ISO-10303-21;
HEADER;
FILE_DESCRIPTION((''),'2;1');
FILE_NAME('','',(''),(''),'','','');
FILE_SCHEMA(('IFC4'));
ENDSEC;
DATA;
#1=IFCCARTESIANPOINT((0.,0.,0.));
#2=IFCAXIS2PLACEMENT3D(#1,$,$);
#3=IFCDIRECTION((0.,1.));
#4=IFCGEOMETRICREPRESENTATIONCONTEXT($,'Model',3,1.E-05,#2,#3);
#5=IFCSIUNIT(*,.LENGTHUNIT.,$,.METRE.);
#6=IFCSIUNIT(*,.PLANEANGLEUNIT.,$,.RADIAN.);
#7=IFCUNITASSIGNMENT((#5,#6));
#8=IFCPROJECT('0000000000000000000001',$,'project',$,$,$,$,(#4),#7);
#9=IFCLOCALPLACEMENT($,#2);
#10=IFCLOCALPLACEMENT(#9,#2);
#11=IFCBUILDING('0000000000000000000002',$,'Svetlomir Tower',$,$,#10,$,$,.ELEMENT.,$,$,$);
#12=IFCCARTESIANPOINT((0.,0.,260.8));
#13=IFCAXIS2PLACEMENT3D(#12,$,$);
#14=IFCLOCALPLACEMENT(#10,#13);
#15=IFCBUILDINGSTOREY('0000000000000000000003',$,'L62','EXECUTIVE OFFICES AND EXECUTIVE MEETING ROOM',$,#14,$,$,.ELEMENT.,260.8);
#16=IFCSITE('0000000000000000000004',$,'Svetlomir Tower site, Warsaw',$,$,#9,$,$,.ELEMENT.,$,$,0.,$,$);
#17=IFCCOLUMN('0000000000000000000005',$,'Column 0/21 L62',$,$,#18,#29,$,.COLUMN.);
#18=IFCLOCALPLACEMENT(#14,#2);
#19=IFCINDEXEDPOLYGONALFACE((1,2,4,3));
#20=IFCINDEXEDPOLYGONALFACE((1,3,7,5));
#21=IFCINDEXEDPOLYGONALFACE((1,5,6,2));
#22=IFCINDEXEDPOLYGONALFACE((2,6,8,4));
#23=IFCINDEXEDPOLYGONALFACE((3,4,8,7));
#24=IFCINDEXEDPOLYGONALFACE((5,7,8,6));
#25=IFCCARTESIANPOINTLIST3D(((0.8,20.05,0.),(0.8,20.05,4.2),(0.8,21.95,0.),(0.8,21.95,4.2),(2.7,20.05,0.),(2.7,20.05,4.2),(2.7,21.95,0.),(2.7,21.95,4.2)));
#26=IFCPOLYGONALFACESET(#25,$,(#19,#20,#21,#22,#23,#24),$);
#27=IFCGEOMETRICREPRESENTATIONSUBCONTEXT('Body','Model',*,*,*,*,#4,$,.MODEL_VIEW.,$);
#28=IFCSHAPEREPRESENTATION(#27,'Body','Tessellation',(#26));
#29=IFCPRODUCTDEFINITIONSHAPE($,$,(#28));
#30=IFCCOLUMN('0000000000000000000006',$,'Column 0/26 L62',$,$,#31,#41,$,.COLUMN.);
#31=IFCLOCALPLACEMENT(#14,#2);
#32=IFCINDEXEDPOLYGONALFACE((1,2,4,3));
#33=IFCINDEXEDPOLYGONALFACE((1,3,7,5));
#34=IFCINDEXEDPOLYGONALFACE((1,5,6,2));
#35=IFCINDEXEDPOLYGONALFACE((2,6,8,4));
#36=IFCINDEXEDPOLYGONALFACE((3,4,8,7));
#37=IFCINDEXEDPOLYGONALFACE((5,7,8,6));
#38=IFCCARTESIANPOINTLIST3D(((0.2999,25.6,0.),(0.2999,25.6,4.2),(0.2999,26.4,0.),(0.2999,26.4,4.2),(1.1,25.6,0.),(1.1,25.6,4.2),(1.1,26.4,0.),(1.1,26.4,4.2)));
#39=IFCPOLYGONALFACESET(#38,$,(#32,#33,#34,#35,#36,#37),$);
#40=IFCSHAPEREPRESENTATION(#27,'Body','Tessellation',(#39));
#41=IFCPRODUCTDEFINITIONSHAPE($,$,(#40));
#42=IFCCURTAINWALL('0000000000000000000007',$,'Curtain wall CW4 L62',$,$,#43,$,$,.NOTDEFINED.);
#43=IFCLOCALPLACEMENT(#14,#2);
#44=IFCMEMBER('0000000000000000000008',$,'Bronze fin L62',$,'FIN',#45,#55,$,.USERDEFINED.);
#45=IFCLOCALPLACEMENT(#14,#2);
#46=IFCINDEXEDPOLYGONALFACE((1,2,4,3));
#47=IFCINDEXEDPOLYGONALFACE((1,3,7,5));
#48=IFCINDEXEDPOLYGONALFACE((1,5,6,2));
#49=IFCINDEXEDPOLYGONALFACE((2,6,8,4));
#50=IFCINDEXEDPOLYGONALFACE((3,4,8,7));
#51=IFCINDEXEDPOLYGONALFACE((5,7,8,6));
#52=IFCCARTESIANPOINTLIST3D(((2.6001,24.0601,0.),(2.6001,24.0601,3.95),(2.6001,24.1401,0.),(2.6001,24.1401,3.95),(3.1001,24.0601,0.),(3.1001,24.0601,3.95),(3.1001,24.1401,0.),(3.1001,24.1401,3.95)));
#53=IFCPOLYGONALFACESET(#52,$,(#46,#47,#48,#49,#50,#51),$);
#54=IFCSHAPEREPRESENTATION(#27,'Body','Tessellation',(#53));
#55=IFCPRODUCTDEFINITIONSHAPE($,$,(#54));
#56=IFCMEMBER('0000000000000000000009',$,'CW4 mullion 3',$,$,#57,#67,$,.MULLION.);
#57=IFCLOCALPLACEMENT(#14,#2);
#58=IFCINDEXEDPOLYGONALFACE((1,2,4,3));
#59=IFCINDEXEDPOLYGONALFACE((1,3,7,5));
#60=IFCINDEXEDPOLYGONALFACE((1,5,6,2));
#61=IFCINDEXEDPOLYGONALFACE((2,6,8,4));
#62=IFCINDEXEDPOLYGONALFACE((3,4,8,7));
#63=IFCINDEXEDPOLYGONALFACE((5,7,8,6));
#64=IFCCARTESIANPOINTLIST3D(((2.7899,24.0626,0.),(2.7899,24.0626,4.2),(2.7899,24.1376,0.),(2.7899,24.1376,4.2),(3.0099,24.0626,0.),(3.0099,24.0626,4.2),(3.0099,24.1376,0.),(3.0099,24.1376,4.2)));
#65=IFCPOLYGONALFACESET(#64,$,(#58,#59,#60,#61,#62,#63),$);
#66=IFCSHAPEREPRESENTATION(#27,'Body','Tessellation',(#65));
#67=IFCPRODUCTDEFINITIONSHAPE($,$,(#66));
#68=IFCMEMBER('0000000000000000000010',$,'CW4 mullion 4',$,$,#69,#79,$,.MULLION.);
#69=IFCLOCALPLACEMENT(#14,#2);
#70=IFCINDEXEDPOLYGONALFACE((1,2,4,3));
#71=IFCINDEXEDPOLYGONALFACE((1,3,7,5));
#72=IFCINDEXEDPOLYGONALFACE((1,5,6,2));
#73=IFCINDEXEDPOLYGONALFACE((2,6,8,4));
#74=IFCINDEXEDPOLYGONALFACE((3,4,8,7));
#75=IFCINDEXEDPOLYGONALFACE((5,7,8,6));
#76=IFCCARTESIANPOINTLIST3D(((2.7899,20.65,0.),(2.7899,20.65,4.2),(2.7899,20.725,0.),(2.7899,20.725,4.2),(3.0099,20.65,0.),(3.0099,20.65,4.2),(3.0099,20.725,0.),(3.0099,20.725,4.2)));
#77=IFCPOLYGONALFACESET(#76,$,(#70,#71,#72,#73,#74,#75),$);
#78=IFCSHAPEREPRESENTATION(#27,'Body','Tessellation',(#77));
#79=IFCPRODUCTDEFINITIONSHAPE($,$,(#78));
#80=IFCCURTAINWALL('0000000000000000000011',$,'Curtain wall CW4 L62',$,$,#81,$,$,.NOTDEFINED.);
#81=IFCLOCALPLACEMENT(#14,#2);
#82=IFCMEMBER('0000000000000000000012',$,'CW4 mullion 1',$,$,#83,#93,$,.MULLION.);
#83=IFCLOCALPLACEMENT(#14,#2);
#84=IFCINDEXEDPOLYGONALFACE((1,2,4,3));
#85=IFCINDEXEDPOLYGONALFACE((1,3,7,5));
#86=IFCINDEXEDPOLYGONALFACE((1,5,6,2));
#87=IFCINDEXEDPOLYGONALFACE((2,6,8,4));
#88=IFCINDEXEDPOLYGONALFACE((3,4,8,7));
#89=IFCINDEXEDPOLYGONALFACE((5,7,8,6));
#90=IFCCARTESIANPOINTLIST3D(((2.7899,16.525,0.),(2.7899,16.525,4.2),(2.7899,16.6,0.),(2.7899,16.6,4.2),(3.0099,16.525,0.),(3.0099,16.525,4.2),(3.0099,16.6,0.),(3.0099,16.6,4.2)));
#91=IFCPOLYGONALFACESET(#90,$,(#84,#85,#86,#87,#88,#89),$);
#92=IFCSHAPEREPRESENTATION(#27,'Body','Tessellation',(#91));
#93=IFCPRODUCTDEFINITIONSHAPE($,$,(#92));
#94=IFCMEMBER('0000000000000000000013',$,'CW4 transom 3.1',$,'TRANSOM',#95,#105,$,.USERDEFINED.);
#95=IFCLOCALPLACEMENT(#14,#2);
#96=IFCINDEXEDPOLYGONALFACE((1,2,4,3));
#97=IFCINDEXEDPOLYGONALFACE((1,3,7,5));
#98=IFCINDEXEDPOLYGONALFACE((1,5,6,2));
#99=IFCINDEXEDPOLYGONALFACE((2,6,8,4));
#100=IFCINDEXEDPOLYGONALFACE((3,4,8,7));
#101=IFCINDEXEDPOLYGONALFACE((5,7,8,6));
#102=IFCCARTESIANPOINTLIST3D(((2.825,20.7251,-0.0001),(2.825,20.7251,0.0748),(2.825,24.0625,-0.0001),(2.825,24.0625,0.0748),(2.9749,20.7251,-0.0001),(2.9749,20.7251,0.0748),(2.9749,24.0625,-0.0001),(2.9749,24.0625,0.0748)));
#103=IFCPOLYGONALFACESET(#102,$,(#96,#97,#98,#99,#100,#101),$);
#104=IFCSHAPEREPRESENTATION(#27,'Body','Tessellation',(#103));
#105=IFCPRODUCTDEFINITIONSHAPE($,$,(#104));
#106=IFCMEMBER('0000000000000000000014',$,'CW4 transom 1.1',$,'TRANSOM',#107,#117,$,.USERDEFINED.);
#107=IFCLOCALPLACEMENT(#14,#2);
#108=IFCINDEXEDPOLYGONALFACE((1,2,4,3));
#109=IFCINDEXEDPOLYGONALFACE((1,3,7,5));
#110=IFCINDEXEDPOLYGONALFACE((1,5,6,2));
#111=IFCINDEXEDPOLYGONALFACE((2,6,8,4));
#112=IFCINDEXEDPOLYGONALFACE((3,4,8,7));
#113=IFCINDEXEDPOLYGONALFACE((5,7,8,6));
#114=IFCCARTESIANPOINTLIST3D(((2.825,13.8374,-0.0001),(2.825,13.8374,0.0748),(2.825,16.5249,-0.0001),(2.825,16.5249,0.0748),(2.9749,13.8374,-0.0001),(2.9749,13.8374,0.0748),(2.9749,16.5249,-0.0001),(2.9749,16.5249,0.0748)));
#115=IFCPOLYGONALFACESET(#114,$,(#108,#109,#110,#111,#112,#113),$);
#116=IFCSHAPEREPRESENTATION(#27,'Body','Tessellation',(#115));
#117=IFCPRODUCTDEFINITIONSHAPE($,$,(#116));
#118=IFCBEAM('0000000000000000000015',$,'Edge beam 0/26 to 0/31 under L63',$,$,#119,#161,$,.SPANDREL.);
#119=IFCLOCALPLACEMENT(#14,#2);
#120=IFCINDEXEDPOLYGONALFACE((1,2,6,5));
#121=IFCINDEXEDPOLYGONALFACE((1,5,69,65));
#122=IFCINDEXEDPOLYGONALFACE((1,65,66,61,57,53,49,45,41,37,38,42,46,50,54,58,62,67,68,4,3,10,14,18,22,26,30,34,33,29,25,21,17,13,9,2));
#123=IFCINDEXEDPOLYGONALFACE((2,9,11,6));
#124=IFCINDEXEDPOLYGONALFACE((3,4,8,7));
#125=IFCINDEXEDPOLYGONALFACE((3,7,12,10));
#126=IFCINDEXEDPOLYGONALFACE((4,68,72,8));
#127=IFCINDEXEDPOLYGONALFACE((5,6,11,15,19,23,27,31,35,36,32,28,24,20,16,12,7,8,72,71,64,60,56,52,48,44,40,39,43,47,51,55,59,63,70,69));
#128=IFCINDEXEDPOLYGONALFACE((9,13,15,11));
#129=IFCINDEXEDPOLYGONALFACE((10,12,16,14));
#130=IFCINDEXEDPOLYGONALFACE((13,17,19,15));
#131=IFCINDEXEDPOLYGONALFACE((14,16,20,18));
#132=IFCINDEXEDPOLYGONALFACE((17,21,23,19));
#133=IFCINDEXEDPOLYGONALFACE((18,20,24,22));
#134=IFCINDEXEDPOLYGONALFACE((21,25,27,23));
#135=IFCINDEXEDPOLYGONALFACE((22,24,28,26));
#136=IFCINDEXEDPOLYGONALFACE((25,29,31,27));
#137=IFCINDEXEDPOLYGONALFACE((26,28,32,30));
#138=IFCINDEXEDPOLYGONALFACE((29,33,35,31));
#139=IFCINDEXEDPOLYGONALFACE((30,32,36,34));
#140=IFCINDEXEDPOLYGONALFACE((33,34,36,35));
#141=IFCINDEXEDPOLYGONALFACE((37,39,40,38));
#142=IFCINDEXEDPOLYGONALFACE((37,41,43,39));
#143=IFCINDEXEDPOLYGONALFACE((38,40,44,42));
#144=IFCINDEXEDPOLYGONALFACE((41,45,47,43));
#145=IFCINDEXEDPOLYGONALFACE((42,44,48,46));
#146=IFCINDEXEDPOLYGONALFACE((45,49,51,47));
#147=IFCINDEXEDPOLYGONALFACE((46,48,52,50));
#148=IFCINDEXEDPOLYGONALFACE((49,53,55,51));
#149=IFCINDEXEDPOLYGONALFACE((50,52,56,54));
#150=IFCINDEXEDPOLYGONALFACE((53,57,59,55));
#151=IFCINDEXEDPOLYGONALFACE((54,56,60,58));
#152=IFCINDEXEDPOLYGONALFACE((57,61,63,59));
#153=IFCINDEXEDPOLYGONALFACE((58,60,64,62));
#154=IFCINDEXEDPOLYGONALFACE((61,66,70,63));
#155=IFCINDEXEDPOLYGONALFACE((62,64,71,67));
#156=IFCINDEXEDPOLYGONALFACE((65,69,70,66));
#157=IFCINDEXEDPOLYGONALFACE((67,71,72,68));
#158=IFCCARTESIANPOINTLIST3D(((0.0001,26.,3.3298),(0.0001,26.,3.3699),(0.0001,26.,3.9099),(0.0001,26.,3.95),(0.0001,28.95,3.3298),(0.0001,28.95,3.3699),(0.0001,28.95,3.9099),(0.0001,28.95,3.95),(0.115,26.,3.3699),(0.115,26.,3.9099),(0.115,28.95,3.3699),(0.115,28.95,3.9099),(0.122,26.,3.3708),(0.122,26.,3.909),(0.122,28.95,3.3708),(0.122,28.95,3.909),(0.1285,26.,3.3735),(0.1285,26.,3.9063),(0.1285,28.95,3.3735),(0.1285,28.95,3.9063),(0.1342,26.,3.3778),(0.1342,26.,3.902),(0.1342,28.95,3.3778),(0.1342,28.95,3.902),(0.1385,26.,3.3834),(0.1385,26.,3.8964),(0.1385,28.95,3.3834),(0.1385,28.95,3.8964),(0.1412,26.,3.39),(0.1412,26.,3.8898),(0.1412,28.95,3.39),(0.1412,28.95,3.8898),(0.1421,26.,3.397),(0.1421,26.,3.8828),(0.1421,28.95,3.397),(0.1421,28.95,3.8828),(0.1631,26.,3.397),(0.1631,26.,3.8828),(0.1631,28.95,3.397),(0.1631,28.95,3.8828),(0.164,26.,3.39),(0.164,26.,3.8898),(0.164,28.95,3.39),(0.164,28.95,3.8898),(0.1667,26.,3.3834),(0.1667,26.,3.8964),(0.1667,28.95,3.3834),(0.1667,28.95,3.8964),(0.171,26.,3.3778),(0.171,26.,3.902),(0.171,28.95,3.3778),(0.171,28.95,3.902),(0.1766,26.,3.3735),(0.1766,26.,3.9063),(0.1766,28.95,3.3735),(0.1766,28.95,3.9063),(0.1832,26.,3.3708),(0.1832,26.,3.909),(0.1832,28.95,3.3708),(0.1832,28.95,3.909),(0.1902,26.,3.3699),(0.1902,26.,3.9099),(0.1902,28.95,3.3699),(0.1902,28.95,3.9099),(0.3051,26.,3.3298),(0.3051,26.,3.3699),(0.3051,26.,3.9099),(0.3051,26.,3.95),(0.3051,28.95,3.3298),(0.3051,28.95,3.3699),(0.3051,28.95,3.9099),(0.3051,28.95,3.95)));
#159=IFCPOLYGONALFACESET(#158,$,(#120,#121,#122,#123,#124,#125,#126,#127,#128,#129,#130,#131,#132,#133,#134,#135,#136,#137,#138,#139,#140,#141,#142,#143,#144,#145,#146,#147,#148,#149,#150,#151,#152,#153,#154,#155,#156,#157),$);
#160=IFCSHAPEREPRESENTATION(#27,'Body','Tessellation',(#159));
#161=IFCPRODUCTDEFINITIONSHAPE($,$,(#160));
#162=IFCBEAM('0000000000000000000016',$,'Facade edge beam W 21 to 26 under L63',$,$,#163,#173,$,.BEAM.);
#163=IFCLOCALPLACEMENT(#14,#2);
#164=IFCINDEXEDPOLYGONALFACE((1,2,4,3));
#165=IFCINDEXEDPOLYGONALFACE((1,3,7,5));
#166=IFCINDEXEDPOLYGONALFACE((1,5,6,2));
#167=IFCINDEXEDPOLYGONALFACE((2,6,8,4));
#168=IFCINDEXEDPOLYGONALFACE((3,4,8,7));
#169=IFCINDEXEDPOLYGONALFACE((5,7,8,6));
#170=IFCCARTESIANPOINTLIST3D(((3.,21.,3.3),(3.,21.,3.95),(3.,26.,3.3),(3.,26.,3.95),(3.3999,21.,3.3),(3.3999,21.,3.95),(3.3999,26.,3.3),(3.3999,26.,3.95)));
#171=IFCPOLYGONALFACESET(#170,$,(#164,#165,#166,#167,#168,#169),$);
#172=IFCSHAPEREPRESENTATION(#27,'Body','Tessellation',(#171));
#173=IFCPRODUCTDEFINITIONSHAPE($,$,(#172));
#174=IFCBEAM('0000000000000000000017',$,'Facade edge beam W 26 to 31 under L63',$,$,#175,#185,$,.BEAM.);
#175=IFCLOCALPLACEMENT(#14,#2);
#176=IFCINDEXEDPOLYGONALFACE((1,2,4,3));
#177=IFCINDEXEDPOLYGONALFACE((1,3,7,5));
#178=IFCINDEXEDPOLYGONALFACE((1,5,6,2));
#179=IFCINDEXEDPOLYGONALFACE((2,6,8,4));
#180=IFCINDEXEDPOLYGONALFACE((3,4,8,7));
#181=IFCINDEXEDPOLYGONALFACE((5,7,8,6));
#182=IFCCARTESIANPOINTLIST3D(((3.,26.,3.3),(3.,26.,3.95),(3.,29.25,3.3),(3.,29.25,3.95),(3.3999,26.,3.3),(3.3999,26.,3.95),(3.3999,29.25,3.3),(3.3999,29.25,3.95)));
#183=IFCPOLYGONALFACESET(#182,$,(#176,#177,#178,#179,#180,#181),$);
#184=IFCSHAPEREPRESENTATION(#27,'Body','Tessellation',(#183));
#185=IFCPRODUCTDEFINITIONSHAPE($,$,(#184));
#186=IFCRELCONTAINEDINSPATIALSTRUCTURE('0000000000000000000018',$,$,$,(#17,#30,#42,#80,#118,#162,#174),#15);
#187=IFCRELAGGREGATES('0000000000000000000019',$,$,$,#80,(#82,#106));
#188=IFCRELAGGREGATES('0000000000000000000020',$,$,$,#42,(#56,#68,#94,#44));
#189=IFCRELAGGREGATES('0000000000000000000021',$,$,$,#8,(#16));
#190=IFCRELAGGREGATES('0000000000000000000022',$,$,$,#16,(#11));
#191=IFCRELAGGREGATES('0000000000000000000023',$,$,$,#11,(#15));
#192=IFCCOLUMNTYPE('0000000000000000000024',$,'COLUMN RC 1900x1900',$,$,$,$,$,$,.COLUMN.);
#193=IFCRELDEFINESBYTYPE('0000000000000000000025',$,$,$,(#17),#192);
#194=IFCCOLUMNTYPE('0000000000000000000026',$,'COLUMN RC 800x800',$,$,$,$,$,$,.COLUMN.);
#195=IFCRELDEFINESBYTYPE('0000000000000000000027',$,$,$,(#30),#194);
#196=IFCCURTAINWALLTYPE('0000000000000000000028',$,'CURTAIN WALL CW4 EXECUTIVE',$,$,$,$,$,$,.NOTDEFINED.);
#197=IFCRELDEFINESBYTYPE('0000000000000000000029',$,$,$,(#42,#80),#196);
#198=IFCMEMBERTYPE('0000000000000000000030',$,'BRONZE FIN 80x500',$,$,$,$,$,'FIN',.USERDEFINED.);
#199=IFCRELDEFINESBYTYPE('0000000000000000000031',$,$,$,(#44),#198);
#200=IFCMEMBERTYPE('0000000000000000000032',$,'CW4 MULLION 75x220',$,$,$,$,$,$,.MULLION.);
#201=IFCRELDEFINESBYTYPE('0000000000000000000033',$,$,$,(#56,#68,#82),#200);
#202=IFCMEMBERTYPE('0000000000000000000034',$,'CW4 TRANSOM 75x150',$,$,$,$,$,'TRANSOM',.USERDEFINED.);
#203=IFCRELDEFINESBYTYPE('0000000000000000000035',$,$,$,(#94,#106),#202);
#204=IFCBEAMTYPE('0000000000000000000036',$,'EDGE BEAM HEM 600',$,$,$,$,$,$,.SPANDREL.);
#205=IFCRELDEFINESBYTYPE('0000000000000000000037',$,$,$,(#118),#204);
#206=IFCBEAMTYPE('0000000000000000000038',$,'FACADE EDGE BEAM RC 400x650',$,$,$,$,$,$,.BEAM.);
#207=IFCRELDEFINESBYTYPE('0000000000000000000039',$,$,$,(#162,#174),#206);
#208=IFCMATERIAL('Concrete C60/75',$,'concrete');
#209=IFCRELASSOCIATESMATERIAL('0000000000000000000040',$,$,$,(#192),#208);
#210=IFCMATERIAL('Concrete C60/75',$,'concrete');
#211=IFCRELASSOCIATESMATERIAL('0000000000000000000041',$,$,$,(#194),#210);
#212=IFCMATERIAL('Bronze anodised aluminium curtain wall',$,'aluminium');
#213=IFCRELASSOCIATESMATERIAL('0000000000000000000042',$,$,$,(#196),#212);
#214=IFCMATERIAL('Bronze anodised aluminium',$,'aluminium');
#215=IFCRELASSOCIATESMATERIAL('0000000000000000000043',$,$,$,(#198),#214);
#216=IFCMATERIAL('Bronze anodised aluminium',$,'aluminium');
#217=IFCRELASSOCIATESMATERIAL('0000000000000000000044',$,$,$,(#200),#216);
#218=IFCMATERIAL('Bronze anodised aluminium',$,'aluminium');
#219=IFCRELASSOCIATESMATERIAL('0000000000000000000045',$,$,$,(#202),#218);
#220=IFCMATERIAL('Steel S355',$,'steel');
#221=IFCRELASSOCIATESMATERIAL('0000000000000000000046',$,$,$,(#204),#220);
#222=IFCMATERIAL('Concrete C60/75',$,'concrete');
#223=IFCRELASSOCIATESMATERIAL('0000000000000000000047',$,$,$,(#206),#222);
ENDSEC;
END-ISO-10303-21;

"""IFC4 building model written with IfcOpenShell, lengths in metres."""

from ifc_helpers import new_model, si_unit, direction, frame, origin, origin_2d, place, context, subcontext, project, spatial, rectangle, i_section, extrude, material, material_profile, profile_set, type_object, element, aggregate, save


model = new_model("IFC4")

# Units and contexts
model_context = context("Model", 3, precision=1e-05, world=origin(), true_north=direction((0.0, 1.0)))
body_context = subcontext(model_context, "Body", "Model", "MODEL_VIEW")
ifc_project = project(units=[si_unit("LENGTHUNIT", "METRE"), si_unit("PLANEANGLEUNIT", "RADIAN")], contexts=[model_context])

# Site, building, storey
site_placement = place(None, origin())
site = spatial("IfcSite", under=ifc_project, at=site_placement, Name="Svetlomir Tower site, Warsaw", CompositionType="ELEMENT", RefElevation=0.0)
building_placement = place(site_placement, origin())
building = spatial("IfcBuilding", under=site, at=building_placement, Name="Svetlomir Tower", CompositionType="ELEMENT")
storey_placement = place(building_placement, frame((0.0, 0.0, 260.8)))
storey = spatial("IfcBuildingStorey", under=building, at=storey_placement, Name="L62", Description="EXECUTIVE OFFICES AND EXECUTIVE MEETING ROOM", CompositionType="ELEMENT", Elevation=260.8)

# Columns
ifc_material_1 = material(Name="Concrete C60/75", Category="concrete")
ifc_material_profile_1 = material_profile(ifc_material_1, rectangle(XDim=1.8999, YDim=1.8999, at=origin_2d()), Name="RC 1900x1900")
ifc_profile_set_1 = profile_set([ifc_material_profile_1], Name="Concrete C60/75")
column_type_1 = type_object("IfcColumnType", Name="COLUMN RC 1900x1900", PredefinedType="COLUMN", material=ifc_profile_set_1)
column_1_placement = place(storey_placement, frame((1.75, 21.0, 0.0), z_axis=(0.0, 0.0, 1.0), x_axis=(1.0, 0.0, 0.0)))
element("IfcColumn", 1, at=column_1_placement, inside=storey, type_object=column_type_1, Name="Column 0/21 L62", PredefinedType="COLUMN", context=body_context, shape_type="SweptSolid", body=[
    extrude(rectangle(XDim=1.8999, YDim=1.8999, at=origin_2d()), origin(), (0.0, 0.0, 1.0), 4.2),
])
ifc_material_2 = material(Name="Concrete C60/75", Category="concrete")
ifc_material_profile_2 = material_profile(ifc_material_2, rectangle(XDim=0.8, YDim=0.8, at=origin_2d()), Name="RC 800x800")
ifc_profile_set_2 = profile_set([ifc_material_profile_2], Name="Concrete C60/75")
column_type_2 = type_object("IfcColumnType", Name="COLUMN RC 800x800", PredefinedType="COLUMN", material=ifc_profile_set_2)
column_2_placement = place(storey_placement, frame((0.7, 26.0, 0.0), z_axis=(0.0, 0.0, 1.0), x_axis=(1.0, 0.0, 0.0)))
element("IfcColumn", 2, at=column_2_placement, inside=storey, type_object=column_type_2, Name="Column 0/26 L62", PredefinedType="COLUMN", context=body_context, shape_type="SweptSolid", body=[
    extrude(rectangle(XDim=0.8, YDim=0.8, at=origin_2d()), origin(), (0.0, 0.0, 1.0), 4.2),
])

# Curtain wall, members
ifc_material_3 = material(Name="Bronze anodised aluminium curtain wall", Category="aluminium")
curtain_wall_type = type_object("IfcCurtainWallType", Name="CURTAIN WALL CW4 EXECUTIVE", PredefinedType="NOTDEFINED", material=ifc_material_3)
curtain_wall_1_placement = place(storey_placement, origin())
curtain_wall_1 = element("IfcCurtainWall", 3, at=curtain_wall_1_placement, inside=storey, type_object=curtain_wall_type, Name="Curtain wall CW4 L62", PredefinedType="NOTDEFINED")
ifc_material_4 = material(Name="Bronze anodised aluminium", Category="aluminium")
ifc_material_profile_3 = material_profile(ifc_material_4, rectangle(XDim=0.0801, YDim=0.5, at=origin_2d()), Name="FIN 80x500")
ifc_profile_set_3 = profile_set([ifc_material_profile_3], Name="Bronze anodised aluminium 6063-T6")
member_type_1 = type_object("IfcMemberType", Name="BRONZE FIN 80x500", ElementType="FIN", PredefinedType="USERDEFINED", material=ifc_profile_set_3)
member_1_placement = place(storey_placement, frame((2.8501, 24.1001, 0.0), z_axis=(0.0, 0.0, 1.0), x_axis=(0.0, 1.0, 0.0)))
member_1 = element("IfcMember", 4, at=member_1_placement, type_object=member_type_1, Name="Bronze fin L62", ObjectType="FIN", PredefinedType="USERDEFINED", context=body_context, shape_type="SweptSolid", body=[
    extrude(rectangle(XDim=0.0801, YDim=0.5, at=origin_2d()), origin(), (0.0, 0.0, 1.0), 3.95),
])
ifc_material_5 = material(Name="Bronze anodised aluminium", Category="aluminium")
ifc_material_profile_4 = material_profile(ifc_material_5, rectangle(XDim=0.075, YDim=0.22, at=origin_2d()), Name="AL 75x220")
ifc_profile_set_4 = profile_set([ifc_material_profile_4], Name="Bronze anodised aluminium 6063-T6")
member_type_2 = type_object("IfcMemberType", Name="CW4 MULLION 75x220", PredefinedType="MULLION", material=ifc_profile_set_4)
member_2_placement = place(storey_placement, frame((2.8999, 24.1001, 0.0), z_axis=(0.0, 0.0, 1.0), x_axis=(0.0, -1.0, 0.0)))
member_2 = element("IfcMember", 5, at=member_2_placement, type_object=member_type_2, Name="CW4 mullion 3", PredefinedType="MULLION", context=body_context, shape_type="SweptSolid", body=[
    extrude(rectangle(XDim=0.075, YDim=0.22, at=origin_2d()), origin(), (0.0, 0.0, 1.0), 4.2),
])
member_3_placement = place(storey_placement, frame((2.8999, 20.6875, 0.0), z_axis=(0.0, 0.0, 1.0), x_axis=(0.0, -1.0, 0.0)))
member_3 = element("IfcMember", 6, at=member_3_placement, type_object=member_type_2, Name="CW4 mullion 4", PredefinedType="MULLION", context=body_context, shape_type="SweptSolid", body=[
    extrude(rectangle(XDim=0.075, YDim=0.22, at=origin_2d()), origin(), (0.0, 0.0, 1.0), 4.2),
])

# Curtain wall, member
curtain_wall_2_placement = place(storey_placement, origin())
curtain_wall_2 = element("IfcCurtainWall", 7, at=curtain_wall_2_placement, inside=storey, type_object=curtain_wall_type, Name="Curtain wall CW4 L62", PredefinedType="NOTDEFINED")
member_4_placement = place(storey_placement, frame((2.8999, 16.5625, 0.0), z_axis=(0.0, 0.0, 1.0), x_axis=(0.0, -1.0, 0.0)))
member_4 = element("IfcMember", 8, at=member_4_placement, type_object=member_type_2, Name="CW4 mullion 1", PredefinedType="MULLION", context=body_context, shape_type="SweptSolid", body=[
    extrude(rectangle(XDim=0.075, YDim=0.22, at=origin_2d()), origin(), (0.0, 0.0, 1.0), 4.2),
])

# Members
ifc_material_6 = material(Name="Bronze anodised aluminium", Category="aluminium")
ifc_material_profile_5 = material_profile(ifc_material_6, rectangle(XDim=0.1499, YDim=0.075, at=origin_2d()), Name="AL 150x75")
ifc_profile_set_5 = profile_set([ifc_material_profile_5], Name="Bronze anodised aluminium 6063-T6")
member_type_3 = type_object("IfcMemberType", Name="CW4 TRANSOM 75x150", ElementType="TRANSOM", PredefinedType="USERDEFINED", material=ifc_profile_set_5)
member_5_placement = place(storey_placement, frame((2.8999, 24.0625, 0.0374), z_axis=(0.0, -1.0, 0.0), x_axis=(1.0, 0.0, 0.0)))
member_5 = element("IfcMember", 9, at=member_5_placement, type_object=member_type_3, Name="CW4 transom 3.1", ObjectType="TRANSOM", PredefinedType="USERDEFINED", context=body_context, shape_type="SweptSolid", body=[
    extrude(rectangle(XDim=0.1499, YDim=0.075, at=origin_2d()), origin(), (0.0, 0.0, 1.0), 3.3374),
])
member_6_placement = place(storey_placement, frame((2.8999, 16.5249, 0.0374), z_axis=(0.0, -1.0, 0.0), x_axis=(1.0, 0.0, 0.0)))
member_6 = element("IfcMember", 10, at=member_6_placement, type_object=member_type_3, Name="CW4 transom 1.1", ObjectType="TRANSOM", PredefinedType="USERDEFINED", context=body_context, shape_type="SweptSolid", body=[
    extrude(rectangle(XDim=0.1499, YDim=0.075, at=origin_2d()), origin(), (0.0, 0.0, 1.0), 2.6875),
])
aggregate(curtain_wall_2, [member_4, member_6])

# Beams
ifc_material_7 = material(Name="Steel S355", Category="steel")
ifc_material_profile_6 = material_profile(ifc_material_7, i_section(OverallWidth=0.3049, OverallDepth=0.6201, WebThickness=0.021, FlangeThickness=0.04, FilletRadius=0.0271, at=origin_2d()), Name="HEM 600")
ifc_profile_set_6 = profile_set([ifc_material_profile_6], Name="Steel S355")
beam_type_1 = type_object("IfcBeamType", Name="EDGE BEAM HEM 600", PredefinedType="SPANDREL", material=ifc_profile_set_6)
beam_1_placement = place(storey_placement, frame((0.1526, 26.0, 3.6399), z_axis=(0.0, 1.0, 0.0), x_axis=(-1.0, 0.0, 0.0)))
element("IfcBeam", 11, at=beam_1_placement, inside=storey, type_object=beam_type_1, Name="Edge beam 0/26 to 0/31 under L63", PredefinedType="SPANDREL", context=body_context, shape_type="SweptSolid", body=[
    extrude(i_section(OverallWidth=0.3049, OverallDepth=0.6201, WebThickness=0.021, FlangeThickness=0.04, FilletRadius=0.0271, at=origin_2d()), origin(), (0.0, 0.0, 1.0), 2.95),
])
ifc_material_8 = material(Name="Concrete C60/75", Category="concrete")
ifc_material_profile_7 = material_profile(ifc_material_8, rectangle(XDim=0.3999, YDim=0.6499, at=origin_2d()), Name="RC 400x650")
ifc_profile_set_7 = profile_set([ifc_material_profile_7], Name="Concrete C60/75")
beam_type_2 = type_object("IfcBeamType", Name="FACADE EDGE BEAM RC 400x650", PredefinedType="BEAM", material=ifc_profile_set_7)
beam_2_placement = place(storey_placement, frame((3.2, 21.0, 3.625), z_axis=(0.0, 1.0, 0.0), x_axis=(-1.0, 0.0, 0.0)))
element("IfcBeam", 12, at=beam_2_placement, inside=storey, type_object=beam_type_2, Name="Facade edge beam W 21 to 26 under L63", PredefinedType="BEAM", context=body_context, shape_type="SweptSolid", body=[
    extrude(rectangle(XDim=0.3999, YDim=0.6499, at=origin_2d()), origin(), (0.0, 0.0, 1.0), 5.0),
])
beam_3_placement = place(storey_placement, frame((3.2, 26.0, 3.625), z_axis=(0.0, 1.0, 0.0), x_axis=(-1.0, 0.0, 0.0)))
element("IfcBeam", 13, at=beam_3_placement, inside=storey, type_object=beam_type_2, Name="Facade edge beam W 26 to 31 under L63", PredefinedType="BEAM", context=body_context, shape_type="SweptSolid", body=[
    extrude(rectangle(XDim=0.3999, YDim=0.6499, at=origin_2d()), origin(), (0.0, 0.0, 1.0), 3.25),
])

aggregate(curtain_wall_1, [member_2, member_3, member_5, member_1])

save(model, "model.ifc")
